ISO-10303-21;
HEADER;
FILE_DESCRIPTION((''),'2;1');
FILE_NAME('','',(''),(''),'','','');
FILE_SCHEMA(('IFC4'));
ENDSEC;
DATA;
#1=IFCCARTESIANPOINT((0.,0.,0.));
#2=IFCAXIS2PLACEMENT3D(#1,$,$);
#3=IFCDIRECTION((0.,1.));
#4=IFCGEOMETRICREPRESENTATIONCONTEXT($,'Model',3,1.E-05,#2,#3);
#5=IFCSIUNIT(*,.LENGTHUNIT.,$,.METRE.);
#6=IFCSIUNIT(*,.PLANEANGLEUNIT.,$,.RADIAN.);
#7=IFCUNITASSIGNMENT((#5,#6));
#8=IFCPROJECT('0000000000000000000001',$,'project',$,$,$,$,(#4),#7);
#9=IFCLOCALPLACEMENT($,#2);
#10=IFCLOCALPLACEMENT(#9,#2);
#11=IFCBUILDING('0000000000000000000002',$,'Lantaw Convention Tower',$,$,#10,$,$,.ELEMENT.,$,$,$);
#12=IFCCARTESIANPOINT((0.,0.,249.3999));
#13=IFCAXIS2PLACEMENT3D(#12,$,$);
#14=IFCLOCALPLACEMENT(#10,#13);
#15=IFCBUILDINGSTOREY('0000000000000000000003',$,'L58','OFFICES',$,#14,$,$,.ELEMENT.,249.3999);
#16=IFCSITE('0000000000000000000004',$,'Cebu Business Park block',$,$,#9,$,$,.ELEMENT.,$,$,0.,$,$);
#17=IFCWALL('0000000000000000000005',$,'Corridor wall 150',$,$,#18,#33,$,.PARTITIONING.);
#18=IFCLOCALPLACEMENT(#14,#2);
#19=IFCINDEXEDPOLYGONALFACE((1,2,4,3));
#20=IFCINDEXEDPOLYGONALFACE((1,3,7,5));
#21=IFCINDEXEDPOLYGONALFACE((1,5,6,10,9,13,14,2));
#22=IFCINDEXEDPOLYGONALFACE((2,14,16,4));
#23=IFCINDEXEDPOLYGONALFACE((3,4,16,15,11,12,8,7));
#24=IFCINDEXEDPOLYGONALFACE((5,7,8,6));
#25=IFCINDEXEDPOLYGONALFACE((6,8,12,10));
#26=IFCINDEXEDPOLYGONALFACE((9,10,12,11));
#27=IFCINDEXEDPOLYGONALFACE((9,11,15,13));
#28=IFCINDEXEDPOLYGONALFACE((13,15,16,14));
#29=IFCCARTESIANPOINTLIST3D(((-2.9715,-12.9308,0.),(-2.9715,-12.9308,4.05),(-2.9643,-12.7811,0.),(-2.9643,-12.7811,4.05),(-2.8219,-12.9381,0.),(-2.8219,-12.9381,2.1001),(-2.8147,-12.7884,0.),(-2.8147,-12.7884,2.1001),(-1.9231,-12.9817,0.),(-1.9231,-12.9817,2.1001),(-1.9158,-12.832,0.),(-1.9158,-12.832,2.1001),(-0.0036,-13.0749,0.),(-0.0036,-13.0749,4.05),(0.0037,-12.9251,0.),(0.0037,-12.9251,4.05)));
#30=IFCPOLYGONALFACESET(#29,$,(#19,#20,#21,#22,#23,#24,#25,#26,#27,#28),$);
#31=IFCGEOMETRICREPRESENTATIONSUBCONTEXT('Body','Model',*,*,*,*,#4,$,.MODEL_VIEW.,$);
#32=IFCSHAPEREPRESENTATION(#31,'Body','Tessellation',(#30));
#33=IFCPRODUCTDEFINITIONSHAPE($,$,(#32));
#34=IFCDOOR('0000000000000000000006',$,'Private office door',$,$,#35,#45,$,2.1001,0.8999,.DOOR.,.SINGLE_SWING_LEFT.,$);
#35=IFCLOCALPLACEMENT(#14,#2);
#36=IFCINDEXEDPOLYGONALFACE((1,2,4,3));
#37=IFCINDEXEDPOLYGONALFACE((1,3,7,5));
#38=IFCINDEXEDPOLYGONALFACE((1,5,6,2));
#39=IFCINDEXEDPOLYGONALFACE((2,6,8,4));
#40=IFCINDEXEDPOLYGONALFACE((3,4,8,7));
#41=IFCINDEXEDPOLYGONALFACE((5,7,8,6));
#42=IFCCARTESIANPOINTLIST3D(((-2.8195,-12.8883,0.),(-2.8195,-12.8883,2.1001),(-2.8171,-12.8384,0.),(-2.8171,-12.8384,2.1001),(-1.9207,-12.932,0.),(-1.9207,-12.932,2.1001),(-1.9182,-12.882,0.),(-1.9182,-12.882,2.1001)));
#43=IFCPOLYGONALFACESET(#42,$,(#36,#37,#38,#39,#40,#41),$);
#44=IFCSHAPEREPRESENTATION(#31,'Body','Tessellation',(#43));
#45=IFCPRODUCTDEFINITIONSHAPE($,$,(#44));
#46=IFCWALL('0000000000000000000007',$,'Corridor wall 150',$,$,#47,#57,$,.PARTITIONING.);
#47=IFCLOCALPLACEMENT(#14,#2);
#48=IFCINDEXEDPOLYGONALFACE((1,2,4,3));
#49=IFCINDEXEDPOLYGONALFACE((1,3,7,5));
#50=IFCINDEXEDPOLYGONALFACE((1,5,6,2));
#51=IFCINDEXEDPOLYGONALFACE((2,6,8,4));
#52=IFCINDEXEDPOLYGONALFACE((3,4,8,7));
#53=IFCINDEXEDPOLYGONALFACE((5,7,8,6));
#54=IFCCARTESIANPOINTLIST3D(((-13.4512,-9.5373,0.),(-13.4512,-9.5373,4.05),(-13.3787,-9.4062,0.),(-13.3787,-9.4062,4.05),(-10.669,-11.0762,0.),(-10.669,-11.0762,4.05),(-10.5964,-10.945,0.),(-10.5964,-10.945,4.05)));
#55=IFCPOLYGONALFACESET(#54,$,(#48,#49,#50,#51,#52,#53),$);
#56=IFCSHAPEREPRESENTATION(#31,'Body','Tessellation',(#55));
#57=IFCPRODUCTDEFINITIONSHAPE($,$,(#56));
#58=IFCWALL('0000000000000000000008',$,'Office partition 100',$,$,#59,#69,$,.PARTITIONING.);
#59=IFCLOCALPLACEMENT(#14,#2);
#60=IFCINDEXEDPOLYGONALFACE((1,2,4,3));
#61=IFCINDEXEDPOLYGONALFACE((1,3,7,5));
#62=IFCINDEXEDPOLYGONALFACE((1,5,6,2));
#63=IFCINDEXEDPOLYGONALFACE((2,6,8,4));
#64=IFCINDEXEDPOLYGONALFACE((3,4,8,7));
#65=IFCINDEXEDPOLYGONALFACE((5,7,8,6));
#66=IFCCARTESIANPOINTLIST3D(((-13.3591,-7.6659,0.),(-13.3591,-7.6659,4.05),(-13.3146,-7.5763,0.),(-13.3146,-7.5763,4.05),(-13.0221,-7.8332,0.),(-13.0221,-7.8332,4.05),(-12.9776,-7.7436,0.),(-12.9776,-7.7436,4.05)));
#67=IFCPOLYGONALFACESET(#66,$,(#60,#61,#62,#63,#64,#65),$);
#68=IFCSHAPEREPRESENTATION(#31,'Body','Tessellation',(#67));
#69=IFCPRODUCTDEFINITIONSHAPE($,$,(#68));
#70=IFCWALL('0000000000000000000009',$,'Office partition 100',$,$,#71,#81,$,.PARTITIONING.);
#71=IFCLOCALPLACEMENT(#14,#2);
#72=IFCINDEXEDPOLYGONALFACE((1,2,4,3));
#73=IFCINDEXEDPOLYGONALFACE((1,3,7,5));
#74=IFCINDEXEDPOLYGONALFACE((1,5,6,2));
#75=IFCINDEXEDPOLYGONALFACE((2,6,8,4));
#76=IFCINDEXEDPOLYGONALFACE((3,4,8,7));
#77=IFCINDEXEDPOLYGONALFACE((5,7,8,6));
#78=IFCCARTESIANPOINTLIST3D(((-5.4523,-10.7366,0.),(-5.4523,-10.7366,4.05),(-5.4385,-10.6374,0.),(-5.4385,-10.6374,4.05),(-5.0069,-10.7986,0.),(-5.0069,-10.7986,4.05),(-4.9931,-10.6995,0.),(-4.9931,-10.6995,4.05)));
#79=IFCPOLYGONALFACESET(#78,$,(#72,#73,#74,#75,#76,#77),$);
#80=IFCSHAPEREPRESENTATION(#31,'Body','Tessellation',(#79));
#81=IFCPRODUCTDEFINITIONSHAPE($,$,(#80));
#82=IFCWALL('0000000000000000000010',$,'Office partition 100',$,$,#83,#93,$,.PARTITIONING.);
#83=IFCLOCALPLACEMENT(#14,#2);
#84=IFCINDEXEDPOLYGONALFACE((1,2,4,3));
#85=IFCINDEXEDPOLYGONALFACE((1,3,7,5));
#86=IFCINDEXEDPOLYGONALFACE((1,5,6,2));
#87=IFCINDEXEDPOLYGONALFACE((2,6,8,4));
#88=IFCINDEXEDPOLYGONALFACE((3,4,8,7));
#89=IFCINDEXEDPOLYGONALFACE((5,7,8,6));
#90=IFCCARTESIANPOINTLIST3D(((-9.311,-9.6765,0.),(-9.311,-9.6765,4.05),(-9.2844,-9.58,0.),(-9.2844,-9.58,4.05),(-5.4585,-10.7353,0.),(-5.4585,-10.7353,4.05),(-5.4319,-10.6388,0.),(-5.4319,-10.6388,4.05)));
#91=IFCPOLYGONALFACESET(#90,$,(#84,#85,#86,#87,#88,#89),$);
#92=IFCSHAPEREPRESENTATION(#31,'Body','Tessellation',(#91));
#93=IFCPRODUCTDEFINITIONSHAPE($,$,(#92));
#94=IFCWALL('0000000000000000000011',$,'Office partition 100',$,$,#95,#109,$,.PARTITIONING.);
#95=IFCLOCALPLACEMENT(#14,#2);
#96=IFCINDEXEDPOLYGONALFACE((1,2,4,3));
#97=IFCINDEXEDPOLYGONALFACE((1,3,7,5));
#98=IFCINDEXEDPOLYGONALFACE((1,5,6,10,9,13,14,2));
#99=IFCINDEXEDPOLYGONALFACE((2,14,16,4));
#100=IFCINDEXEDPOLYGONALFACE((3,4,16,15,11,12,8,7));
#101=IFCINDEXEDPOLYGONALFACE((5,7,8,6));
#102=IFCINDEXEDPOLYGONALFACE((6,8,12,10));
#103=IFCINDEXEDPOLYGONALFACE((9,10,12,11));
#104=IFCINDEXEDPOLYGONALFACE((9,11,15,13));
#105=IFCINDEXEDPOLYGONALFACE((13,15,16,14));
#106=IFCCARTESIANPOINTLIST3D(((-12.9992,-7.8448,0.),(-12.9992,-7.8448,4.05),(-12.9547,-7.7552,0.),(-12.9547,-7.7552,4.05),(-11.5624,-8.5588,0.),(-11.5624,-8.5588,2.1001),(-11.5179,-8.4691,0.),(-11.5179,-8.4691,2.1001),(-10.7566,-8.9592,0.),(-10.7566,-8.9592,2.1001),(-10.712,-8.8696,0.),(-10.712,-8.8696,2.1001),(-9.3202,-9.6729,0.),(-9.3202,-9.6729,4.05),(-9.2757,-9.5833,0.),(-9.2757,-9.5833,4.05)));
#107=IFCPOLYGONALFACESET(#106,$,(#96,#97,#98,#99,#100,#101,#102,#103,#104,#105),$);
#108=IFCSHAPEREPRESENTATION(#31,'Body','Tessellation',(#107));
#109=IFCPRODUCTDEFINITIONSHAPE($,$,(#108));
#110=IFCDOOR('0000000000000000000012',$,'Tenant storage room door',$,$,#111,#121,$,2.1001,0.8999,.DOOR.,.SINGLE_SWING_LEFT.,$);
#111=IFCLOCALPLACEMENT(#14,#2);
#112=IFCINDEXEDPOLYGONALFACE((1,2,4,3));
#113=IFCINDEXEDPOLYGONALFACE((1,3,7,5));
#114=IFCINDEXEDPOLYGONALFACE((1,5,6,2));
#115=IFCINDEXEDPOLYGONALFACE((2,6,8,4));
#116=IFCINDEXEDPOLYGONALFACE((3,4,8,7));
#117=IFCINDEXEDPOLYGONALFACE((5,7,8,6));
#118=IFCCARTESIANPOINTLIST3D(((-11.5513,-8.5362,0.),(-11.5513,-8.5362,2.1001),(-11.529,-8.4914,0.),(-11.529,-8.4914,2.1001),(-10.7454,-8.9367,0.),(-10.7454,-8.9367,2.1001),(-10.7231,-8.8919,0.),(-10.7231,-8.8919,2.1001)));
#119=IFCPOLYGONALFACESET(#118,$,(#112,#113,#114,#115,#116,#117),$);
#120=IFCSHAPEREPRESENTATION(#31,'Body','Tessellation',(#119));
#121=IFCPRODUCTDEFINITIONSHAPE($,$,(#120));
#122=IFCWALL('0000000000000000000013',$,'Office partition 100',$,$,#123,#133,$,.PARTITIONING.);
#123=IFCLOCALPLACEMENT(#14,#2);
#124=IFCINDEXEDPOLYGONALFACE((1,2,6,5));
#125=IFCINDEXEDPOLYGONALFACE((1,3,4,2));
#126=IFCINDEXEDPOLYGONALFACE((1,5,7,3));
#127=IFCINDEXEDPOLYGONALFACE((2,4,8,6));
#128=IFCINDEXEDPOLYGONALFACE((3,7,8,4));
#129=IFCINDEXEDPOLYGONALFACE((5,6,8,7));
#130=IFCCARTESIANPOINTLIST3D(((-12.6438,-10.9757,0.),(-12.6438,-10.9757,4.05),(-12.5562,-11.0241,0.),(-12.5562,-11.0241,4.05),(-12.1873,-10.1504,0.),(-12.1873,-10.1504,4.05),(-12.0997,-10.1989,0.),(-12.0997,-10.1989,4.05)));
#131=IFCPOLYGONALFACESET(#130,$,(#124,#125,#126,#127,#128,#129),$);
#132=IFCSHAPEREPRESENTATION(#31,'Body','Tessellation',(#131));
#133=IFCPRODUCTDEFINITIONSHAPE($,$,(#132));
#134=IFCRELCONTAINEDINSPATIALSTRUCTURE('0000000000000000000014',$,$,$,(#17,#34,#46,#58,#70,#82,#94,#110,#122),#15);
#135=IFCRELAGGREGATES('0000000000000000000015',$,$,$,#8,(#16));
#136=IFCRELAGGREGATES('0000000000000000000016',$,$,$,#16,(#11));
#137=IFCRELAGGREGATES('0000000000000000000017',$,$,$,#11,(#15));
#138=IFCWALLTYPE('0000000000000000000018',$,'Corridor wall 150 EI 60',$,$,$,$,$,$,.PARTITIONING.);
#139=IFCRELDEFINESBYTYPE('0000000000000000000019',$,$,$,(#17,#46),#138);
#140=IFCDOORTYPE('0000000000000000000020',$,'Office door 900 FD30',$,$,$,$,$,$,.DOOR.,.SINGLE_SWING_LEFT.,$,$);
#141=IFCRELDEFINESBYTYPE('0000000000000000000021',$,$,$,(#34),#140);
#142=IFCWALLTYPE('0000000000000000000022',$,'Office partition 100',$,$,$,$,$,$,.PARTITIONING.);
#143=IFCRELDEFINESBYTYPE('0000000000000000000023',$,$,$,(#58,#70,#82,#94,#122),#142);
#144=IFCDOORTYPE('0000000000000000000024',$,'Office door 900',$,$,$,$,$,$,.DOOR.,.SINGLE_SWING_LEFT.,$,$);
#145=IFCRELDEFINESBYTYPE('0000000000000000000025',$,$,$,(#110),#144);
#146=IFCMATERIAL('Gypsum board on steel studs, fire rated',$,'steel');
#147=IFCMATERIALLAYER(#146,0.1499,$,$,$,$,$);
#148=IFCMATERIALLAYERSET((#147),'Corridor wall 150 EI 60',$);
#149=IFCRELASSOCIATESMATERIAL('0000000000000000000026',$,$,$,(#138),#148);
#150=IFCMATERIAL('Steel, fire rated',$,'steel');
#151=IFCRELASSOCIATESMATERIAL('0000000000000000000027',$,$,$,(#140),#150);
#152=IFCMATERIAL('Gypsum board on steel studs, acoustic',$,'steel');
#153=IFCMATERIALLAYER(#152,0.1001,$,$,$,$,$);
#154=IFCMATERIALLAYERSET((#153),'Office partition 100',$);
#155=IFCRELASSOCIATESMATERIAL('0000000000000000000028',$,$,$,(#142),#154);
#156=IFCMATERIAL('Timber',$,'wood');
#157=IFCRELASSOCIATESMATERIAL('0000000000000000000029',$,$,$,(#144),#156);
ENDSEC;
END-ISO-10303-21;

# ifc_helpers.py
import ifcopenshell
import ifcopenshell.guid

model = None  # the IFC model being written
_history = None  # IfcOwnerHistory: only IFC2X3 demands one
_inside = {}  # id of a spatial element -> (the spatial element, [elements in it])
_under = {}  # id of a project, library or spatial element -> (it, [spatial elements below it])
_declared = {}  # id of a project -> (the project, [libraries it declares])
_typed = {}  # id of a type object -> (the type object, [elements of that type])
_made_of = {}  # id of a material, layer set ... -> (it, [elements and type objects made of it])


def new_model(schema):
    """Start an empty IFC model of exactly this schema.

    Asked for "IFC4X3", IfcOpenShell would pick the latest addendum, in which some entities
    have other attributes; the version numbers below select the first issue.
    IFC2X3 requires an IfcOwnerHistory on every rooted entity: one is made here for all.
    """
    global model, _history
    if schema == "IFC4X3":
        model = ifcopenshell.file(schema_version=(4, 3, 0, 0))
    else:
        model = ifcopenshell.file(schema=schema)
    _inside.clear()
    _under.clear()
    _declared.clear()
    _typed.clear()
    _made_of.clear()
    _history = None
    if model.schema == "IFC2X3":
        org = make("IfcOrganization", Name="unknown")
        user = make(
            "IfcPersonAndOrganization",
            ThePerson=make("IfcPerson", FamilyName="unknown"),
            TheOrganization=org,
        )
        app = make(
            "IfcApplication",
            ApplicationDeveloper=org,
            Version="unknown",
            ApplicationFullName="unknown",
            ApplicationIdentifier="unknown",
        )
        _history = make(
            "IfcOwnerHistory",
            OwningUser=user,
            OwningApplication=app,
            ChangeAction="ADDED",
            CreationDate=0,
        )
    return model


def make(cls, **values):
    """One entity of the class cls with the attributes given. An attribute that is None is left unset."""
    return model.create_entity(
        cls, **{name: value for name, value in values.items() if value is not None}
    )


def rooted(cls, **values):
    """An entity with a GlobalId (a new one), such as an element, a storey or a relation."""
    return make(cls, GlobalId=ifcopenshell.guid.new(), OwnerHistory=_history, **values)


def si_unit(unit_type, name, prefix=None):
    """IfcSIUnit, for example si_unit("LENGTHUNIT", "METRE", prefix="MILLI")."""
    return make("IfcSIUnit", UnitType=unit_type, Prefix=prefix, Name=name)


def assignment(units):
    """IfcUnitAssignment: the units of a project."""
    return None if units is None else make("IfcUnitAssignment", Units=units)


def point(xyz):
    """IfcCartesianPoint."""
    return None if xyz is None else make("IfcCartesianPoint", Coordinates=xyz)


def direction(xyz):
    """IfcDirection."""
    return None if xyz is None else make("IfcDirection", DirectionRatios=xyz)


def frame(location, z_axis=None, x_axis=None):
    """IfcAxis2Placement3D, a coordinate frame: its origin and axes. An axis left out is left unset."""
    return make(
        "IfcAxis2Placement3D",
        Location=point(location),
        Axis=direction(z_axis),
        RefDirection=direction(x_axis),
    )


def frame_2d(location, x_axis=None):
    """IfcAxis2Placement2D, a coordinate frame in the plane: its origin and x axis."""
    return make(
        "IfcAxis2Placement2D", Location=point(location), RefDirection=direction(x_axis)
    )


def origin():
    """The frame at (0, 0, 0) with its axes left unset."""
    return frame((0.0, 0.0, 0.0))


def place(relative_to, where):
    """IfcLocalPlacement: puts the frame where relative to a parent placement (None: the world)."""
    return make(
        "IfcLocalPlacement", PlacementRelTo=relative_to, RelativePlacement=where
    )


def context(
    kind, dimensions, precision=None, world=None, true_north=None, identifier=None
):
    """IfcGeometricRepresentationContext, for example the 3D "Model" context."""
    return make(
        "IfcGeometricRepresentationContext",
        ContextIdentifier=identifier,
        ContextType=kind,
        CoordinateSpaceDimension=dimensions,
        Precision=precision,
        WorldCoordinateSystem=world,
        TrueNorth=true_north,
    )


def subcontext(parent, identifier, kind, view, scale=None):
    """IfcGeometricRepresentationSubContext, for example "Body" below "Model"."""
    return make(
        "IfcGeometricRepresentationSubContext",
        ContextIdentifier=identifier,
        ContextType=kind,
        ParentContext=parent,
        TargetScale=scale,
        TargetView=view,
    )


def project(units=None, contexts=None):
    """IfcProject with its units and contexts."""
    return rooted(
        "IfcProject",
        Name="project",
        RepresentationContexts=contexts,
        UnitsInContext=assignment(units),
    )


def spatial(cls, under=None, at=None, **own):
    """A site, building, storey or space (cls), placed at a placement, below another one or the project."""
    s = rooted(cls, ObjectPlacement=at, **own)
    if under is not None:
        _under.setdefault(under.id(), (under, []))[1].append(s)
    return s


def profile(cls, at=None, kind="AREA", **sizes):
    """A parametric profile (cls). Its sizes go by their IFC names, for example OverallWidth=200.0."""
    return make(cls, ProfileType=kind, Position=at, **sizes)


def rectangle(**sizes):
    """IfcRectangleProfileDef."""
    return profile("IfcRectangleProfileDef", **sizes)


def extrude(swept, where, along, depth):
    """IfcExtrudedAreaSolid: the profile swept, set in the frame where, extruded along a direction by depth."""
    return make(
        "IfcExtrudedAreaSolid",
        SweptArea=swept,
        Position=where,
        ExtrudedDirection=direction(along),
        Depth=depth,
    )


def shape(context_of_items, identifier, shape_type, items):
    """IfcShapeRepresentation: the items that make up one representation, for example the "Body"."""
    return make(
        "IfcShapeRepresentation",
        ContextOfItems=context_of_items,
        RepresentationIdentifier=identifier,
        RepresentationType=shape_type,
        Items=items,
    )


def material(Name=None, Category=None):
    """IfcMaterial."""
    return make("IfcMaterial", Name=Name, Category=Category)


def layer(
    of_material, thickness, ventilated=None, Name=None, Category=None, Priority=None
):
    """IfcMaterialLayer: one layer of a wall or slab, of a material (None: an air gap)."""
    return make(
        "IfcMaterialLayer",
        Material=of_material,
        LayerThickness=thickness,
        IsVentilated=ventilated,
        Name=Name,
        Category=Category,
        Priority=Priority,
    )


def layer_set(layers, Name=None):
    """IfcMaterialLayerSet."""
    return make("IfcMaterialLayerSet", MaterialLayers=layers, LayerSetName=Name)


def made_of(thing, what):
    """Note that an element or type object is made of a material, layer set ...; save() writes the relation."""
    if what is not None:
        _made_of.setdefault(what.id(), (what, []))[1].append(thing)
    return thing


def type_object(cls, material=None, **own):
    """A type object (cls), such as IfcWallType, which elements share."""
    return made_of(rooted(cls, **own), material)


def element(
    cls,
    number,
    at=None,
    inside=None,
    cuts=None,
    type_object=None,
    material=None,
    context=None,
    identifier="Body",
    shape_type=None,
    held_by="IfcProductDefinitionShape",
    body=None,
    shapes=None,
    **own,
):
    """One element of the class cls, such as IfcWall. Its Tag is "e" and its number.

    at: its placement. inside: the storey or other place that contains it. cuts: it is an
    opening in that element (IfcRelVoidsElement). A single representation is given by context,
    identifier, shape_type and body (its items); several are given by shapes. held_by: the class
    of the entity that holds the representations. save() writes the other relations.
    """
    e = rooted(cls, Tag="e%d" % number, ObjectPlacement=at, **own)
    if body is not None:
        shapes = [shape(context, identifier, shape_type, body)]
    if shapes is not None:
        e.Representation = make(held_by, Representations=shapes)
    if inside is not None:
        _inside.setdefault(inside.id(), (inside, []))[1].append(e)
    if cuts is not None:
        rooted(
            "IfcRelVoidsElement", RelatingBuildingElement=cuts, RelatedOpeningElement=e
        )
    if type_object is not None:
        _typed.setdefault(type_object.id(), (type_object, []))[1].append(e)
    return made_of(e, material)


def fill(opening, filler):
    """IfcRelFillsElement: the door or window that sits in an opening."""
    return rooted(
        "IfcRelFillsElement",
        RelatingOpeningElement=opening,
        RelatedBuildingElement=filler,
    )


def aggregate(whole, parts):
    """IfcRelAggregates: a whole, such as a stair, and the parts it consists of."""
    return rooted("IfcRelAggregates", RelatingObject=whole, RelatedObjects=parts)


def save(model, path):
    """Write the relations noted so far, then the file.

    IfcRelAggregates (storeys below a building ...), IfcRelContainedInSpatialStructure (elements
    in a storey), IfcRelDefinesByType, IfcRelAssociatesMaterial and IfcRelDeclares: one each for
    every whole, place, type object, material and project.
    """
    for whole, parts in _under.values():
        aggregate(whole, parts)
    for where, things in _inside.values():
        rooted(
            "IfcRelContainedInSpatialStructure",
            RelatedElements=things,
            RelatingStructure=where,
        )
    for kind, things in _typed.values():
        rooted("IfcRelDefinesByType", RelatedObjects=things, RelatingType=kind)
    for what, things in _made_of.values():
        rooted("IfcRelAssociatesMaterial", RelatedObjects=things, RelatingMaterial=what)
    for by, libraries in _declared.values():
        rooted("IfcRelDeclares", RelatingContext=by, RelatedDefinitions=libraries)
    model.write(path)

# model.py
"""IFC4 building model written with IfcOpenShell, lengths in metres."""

from ifc_helpers import new_model, si_unit, direction, frame, frame_2d, origin, place, context, subcontext, project, spatial, rectangle, extrude, material, layer, layer_set, type_object, element, fill, save


model = new_model("IFC4")

# Units and contexts
model_context = context("Model", 3, precision=1e-05, world=origin(), true_north=direction((0.0, 1.0)))
body_context = subcontext(model_context, "Body", "Model", "MODEL_VIEW")
ifc_project = project(units=[si_unit("LENGTHUNIT", "METRE"), si_unit("PLANEANGLEUNIT", "RADIAN")], contexts=[model_context])

# Site, building, storey
site_placement = place(None, origin())
site = spatial("IfcSite", under=ifc_project, at=site_placement, Name="Cebu Business Park block", CompositionType="ELEMENT", RefElevation=0.0)
building_placement = place(site_placement, origin())
building = spatial("IfcBuilding", under=site, at=building_placement, Name="Lantaw Convention Tower", CompositionType="ELEMENT")
storey_placement = place(building_placement, frame((0.0, 0.0, 249.3999)))
storey = spatial("IfcBuildingStorey", under=building, at=storey_placement, Name="L58", Description="OFFICES", CompositionType="ELEMENT", Elevation=249.3999)

# Shared definitions
ifc_material_1 = material(Name="Gypsum board on steel studs, fire rated", Category="steel")
ifc_layer_1 = layer(ifc_material_1, 0.1499)
ifc_layer_set_1 = layer_set([ifc_layer_1], Name="Corridor wall 150 EI 60")
wall_type_1 = type_object("IfcWallType", Name="Corridor wall 150 EI 60", PredefinedType="PARTITIONING", material=ifc_layer_set_1)
ifc_material_2 = material(Name="Steel, fire rated", Category="steel")

# Wall, opening, door
wall_1_placement = place(storey_placement, frame((-2.968, -12.856, 0.0), z_axis=(0.0, 0.0, 1.0), x_axis=(0.998824, -0.048475, 0.0)))
wall_1 = element("IfcWall", 1, at=wall_1_placement, inside=storey, type_object=wall_type_1, Name="Corridor wall 150", PredefinedType="PARTITIONING", context=body_context, shape_type="SweptSolid", body=[
    extrude(rectangle(XDim=2.9714, YDim=0.1499, at=frame_2d((1.4858, 0.0))), origin(), (0.0, 0.0, 1.0), 4.05),
])
opening_1_placement = place(wall_1_placement, frame((0.1499, 0.0, 0.0)))
opening_1 = element("IfcOpeningElement", 2, at=opening_1_placement, cuts=wall_1, PredefinedType="OPENING", context=body_context, shape_type="SweptSolid", body=[
    extrude(rectangle(XDim=0.8999, YDim=2.1001, at=frame_2d((0.45, 1.05))), frame((0.0, 0.085, 0.0), z_axis=(0.0, -1.0, 0.0), x_axis=(1.0, 0.0, 0.0)), (0.0, 0.0, 1.0), 0.1699),
])
door_type_1 = type_object("IfcDoorType", Name="Office door 900 FD30", OperationType="SINGLE_SWING_LEFT", PredefinedType="DOOR", material=ifc_material_2)
door_1_placement = place(opening_1_placement, origin())
door_1 = element("IfcDoor", 3, at=door_1_placement, inside=storey, type_object=door_type_1, Name="Private office door", OperationType="SINGLE_SWING_LEFT", OverallHeight=2.1001, OverallWidth=0.8999, PredefinedType="DOOR", context=body_context, shape_type="SweptSolid", body=[
    extrude(rectangle(XDim=0.8999, YDim=2.1001, at=frame_2d((0.45, 1.05))), frame((0.0, 0.0249, 0.0), z_axis=(0.0, -1.0, 0.0), x_axis=(1.0, 0.0, 0.0)), (0.0, 0.0, 1.0), 0.05),
])
fill(opening_1, door_1)

# Walls
wall_2_placement = place(storey_placement, frame((-13.415, -9.4717, 0.0), z_axis=(0.0, 0.0, 1.0), x_axis=(0.875072, -0.483993, 0.0)))
element("IfcWall", 4, at=wall_2_placement, inside=storey, type_object=wall_type_1, Name="Corridor wall 150", PredefinedType="PARTITIONING", context=body_context, shape_type="SweptSolid", body=[
    extrude(rectangle(XDim=3.1794, YDim=0.1499, at=frame_2d((1.5898, 0.0))), origin(), (0.0, 0.0, 1.0), 4.05),
])
ifc_material_3 = material(Name="Gypsum board on steel studs, acoustic", Category="steel")
ifc_layer_2 = layer(ifc_material_3, 0.1001)
ifc_layer_set_2 = layer_set([ifc_layer_2], Name="Office partition 100")
wall_type_2 = type_object("IfcWallType", Name="Office partition 100", PredefinedType="PARTITIONING", material=ifc_layer_set_2)
wall_3_placement = place(storey_placement, frame((-13.0, -7.7883, 0.0), z_axis=(0.0, 0.0, 1.0), x_axis=(-0.895722, 0.444615, 0.0)))
element("IfcWall", 5, at=wall_3_placement, inside=storey, type_object=wall_type_2, Name="Office partition 100", PredefinedType="PARTITIONING", context=body_context, shape_type="SweptSolid", body=[
    extrude(rectangle(XDim=0.3762, YDim=0.1001, at=frame_2d((0.188, 0.0))), origin(), (0.0, 0.0, 1.0), 4.05),
])
wall_4_placement = place(storey_placement, frame((-5.0, -10.749, 0.0), z_axis=(0.0, 0.0, 1.0), x_axis=(-0.990443, 0.137924, 0.0)))
element("IfcWall", 6, at=wall_4_placement, inside=storey, type_object=wall_type_2, Name="Office partition 100", PredefinedType="PARTITIONING", context=body_context, shape_type="SweptSolid", body=[
    extrude(rectangle(XDim=0.4497, YDim=0.1001, at=frame_2d((0.2249, 0.0))), origin(), (0.0, 0.0, 1.0), 4.05),
])
wall_5_placement = place(storey_placement, frame((-5.4453, -10.687, 0.0), z_axis=(0.0, 0.0, 1.0), x_axis=(-0.964244, 0.265014, 0.0)))
element("IfcWall", 7, at=wall_5_placement, inside=storey, type_object=wall_type_2, Name="Office partition 100", PredefinedType="PARTITIONING", context=body_context, shape_type="SweptSolid", body=[
    extrude(rectangle(XDim=3.9954, YDim=0.1001, at=frame_2d((1.9976, 0.0))), origin(), (0.0, 0.0, 1.0), 4.05),
])

# Wall, opening, door
wall_6_placement = place(storey_placement, frame((-9.2979, -9.6282, 0.0), z_axis=(0.0, 0.0, 1.0), x_axis=(-0.89553, 0.445001, 0.0)))
wall_6 = element("IfcWall", 8, at=wall_6_placement, inside=storey, type_object=wall_type_2, Name="Office partition 100", PredefinedType="PARTITIONING", context=body_context, shape_type="SweptSolid", body=[
    extrude(rectangle(XDim=4.1082, YDim=0.1001, at=frame_2d((2.0542, 0.0))), origin(), (0.0, 0.0, 1.0), 4.05),
])
opening_2_placement = place(wall_6_placement, frame((1.604, 0.0, 0.0)))
opening_2 = element("IfcOpeningElement", 9, at=opening_2_placement, cuts=wall_6, PredefinedType="OPENING", context=body_context, shape_type="SweptSolid", body=[
    extrude(rectangle(XDim=0.8999, YDim=2.1001, at=frame_2d((0.45, 1.05))), frame((0.0, 0.0601, 0.0), z_axis=(0.0, -1.0, 0.0), x_axis=(1.0, 0.0, 0.0)), (0.0, 0.0, 1.0), 0.1201),
])
ifc_material_4 = material(Name="Timber", Category="wood")
door_type_2 = type_object("IfcDoorType", Name="Office door 900", OperationType="SINGLE_SWING_LEFT", PredefinedType="DOOR", material=ifc_material_4)
door_2_placement = place(opening_2_placement, origin())
door_2 = element("IfcDoor", 10, at=door_2_placement, inside=storey, type_object=door_type_2, Name="Tenant storage room door", OperationType="SINGLE_SWING_LEFT", OverallHeight=2.1001, OverallWidth=0.8999, PredefinedType="DOOR", context=body_context, shape_type="SweptSolid", body=[
    extrude(rectangle(XDim=0.8999, YDim=2.1001, at=frame_2d((0.45, 1.05))), frame((0.0, 0.0249, 0.0), z_axis=(0.0, -1.0, 0.0), x_axis=(1.0, 0.0, 0.0)), (0.0, 0.0, 1.0), 0.05),
])
fill(opening_2, door_2)

# Wall
wall_7_placement = place(storey_placement, frame((-12.6001, -11.0, 0.0), z_axis=(0.0, 0.0, 1.0), x_axis=(0.484104, 0.875011, 0.0)))
element("IfcWall", 11, at=wall_7_placement, inside=storey, type_object=wall_type_2, Name="Office partition 100", PredefinedType="PARTITIONING", context=body_context, shape_type="SweptSolid", body=[
    extrude(rectangle(XDim=0.9431, YDim=0.1001, at=frame_2d((0.4717, 0.0))), origin(), (0.0, 0.0, 1.0), 4.05),
])

save(model, "model.ifc")
